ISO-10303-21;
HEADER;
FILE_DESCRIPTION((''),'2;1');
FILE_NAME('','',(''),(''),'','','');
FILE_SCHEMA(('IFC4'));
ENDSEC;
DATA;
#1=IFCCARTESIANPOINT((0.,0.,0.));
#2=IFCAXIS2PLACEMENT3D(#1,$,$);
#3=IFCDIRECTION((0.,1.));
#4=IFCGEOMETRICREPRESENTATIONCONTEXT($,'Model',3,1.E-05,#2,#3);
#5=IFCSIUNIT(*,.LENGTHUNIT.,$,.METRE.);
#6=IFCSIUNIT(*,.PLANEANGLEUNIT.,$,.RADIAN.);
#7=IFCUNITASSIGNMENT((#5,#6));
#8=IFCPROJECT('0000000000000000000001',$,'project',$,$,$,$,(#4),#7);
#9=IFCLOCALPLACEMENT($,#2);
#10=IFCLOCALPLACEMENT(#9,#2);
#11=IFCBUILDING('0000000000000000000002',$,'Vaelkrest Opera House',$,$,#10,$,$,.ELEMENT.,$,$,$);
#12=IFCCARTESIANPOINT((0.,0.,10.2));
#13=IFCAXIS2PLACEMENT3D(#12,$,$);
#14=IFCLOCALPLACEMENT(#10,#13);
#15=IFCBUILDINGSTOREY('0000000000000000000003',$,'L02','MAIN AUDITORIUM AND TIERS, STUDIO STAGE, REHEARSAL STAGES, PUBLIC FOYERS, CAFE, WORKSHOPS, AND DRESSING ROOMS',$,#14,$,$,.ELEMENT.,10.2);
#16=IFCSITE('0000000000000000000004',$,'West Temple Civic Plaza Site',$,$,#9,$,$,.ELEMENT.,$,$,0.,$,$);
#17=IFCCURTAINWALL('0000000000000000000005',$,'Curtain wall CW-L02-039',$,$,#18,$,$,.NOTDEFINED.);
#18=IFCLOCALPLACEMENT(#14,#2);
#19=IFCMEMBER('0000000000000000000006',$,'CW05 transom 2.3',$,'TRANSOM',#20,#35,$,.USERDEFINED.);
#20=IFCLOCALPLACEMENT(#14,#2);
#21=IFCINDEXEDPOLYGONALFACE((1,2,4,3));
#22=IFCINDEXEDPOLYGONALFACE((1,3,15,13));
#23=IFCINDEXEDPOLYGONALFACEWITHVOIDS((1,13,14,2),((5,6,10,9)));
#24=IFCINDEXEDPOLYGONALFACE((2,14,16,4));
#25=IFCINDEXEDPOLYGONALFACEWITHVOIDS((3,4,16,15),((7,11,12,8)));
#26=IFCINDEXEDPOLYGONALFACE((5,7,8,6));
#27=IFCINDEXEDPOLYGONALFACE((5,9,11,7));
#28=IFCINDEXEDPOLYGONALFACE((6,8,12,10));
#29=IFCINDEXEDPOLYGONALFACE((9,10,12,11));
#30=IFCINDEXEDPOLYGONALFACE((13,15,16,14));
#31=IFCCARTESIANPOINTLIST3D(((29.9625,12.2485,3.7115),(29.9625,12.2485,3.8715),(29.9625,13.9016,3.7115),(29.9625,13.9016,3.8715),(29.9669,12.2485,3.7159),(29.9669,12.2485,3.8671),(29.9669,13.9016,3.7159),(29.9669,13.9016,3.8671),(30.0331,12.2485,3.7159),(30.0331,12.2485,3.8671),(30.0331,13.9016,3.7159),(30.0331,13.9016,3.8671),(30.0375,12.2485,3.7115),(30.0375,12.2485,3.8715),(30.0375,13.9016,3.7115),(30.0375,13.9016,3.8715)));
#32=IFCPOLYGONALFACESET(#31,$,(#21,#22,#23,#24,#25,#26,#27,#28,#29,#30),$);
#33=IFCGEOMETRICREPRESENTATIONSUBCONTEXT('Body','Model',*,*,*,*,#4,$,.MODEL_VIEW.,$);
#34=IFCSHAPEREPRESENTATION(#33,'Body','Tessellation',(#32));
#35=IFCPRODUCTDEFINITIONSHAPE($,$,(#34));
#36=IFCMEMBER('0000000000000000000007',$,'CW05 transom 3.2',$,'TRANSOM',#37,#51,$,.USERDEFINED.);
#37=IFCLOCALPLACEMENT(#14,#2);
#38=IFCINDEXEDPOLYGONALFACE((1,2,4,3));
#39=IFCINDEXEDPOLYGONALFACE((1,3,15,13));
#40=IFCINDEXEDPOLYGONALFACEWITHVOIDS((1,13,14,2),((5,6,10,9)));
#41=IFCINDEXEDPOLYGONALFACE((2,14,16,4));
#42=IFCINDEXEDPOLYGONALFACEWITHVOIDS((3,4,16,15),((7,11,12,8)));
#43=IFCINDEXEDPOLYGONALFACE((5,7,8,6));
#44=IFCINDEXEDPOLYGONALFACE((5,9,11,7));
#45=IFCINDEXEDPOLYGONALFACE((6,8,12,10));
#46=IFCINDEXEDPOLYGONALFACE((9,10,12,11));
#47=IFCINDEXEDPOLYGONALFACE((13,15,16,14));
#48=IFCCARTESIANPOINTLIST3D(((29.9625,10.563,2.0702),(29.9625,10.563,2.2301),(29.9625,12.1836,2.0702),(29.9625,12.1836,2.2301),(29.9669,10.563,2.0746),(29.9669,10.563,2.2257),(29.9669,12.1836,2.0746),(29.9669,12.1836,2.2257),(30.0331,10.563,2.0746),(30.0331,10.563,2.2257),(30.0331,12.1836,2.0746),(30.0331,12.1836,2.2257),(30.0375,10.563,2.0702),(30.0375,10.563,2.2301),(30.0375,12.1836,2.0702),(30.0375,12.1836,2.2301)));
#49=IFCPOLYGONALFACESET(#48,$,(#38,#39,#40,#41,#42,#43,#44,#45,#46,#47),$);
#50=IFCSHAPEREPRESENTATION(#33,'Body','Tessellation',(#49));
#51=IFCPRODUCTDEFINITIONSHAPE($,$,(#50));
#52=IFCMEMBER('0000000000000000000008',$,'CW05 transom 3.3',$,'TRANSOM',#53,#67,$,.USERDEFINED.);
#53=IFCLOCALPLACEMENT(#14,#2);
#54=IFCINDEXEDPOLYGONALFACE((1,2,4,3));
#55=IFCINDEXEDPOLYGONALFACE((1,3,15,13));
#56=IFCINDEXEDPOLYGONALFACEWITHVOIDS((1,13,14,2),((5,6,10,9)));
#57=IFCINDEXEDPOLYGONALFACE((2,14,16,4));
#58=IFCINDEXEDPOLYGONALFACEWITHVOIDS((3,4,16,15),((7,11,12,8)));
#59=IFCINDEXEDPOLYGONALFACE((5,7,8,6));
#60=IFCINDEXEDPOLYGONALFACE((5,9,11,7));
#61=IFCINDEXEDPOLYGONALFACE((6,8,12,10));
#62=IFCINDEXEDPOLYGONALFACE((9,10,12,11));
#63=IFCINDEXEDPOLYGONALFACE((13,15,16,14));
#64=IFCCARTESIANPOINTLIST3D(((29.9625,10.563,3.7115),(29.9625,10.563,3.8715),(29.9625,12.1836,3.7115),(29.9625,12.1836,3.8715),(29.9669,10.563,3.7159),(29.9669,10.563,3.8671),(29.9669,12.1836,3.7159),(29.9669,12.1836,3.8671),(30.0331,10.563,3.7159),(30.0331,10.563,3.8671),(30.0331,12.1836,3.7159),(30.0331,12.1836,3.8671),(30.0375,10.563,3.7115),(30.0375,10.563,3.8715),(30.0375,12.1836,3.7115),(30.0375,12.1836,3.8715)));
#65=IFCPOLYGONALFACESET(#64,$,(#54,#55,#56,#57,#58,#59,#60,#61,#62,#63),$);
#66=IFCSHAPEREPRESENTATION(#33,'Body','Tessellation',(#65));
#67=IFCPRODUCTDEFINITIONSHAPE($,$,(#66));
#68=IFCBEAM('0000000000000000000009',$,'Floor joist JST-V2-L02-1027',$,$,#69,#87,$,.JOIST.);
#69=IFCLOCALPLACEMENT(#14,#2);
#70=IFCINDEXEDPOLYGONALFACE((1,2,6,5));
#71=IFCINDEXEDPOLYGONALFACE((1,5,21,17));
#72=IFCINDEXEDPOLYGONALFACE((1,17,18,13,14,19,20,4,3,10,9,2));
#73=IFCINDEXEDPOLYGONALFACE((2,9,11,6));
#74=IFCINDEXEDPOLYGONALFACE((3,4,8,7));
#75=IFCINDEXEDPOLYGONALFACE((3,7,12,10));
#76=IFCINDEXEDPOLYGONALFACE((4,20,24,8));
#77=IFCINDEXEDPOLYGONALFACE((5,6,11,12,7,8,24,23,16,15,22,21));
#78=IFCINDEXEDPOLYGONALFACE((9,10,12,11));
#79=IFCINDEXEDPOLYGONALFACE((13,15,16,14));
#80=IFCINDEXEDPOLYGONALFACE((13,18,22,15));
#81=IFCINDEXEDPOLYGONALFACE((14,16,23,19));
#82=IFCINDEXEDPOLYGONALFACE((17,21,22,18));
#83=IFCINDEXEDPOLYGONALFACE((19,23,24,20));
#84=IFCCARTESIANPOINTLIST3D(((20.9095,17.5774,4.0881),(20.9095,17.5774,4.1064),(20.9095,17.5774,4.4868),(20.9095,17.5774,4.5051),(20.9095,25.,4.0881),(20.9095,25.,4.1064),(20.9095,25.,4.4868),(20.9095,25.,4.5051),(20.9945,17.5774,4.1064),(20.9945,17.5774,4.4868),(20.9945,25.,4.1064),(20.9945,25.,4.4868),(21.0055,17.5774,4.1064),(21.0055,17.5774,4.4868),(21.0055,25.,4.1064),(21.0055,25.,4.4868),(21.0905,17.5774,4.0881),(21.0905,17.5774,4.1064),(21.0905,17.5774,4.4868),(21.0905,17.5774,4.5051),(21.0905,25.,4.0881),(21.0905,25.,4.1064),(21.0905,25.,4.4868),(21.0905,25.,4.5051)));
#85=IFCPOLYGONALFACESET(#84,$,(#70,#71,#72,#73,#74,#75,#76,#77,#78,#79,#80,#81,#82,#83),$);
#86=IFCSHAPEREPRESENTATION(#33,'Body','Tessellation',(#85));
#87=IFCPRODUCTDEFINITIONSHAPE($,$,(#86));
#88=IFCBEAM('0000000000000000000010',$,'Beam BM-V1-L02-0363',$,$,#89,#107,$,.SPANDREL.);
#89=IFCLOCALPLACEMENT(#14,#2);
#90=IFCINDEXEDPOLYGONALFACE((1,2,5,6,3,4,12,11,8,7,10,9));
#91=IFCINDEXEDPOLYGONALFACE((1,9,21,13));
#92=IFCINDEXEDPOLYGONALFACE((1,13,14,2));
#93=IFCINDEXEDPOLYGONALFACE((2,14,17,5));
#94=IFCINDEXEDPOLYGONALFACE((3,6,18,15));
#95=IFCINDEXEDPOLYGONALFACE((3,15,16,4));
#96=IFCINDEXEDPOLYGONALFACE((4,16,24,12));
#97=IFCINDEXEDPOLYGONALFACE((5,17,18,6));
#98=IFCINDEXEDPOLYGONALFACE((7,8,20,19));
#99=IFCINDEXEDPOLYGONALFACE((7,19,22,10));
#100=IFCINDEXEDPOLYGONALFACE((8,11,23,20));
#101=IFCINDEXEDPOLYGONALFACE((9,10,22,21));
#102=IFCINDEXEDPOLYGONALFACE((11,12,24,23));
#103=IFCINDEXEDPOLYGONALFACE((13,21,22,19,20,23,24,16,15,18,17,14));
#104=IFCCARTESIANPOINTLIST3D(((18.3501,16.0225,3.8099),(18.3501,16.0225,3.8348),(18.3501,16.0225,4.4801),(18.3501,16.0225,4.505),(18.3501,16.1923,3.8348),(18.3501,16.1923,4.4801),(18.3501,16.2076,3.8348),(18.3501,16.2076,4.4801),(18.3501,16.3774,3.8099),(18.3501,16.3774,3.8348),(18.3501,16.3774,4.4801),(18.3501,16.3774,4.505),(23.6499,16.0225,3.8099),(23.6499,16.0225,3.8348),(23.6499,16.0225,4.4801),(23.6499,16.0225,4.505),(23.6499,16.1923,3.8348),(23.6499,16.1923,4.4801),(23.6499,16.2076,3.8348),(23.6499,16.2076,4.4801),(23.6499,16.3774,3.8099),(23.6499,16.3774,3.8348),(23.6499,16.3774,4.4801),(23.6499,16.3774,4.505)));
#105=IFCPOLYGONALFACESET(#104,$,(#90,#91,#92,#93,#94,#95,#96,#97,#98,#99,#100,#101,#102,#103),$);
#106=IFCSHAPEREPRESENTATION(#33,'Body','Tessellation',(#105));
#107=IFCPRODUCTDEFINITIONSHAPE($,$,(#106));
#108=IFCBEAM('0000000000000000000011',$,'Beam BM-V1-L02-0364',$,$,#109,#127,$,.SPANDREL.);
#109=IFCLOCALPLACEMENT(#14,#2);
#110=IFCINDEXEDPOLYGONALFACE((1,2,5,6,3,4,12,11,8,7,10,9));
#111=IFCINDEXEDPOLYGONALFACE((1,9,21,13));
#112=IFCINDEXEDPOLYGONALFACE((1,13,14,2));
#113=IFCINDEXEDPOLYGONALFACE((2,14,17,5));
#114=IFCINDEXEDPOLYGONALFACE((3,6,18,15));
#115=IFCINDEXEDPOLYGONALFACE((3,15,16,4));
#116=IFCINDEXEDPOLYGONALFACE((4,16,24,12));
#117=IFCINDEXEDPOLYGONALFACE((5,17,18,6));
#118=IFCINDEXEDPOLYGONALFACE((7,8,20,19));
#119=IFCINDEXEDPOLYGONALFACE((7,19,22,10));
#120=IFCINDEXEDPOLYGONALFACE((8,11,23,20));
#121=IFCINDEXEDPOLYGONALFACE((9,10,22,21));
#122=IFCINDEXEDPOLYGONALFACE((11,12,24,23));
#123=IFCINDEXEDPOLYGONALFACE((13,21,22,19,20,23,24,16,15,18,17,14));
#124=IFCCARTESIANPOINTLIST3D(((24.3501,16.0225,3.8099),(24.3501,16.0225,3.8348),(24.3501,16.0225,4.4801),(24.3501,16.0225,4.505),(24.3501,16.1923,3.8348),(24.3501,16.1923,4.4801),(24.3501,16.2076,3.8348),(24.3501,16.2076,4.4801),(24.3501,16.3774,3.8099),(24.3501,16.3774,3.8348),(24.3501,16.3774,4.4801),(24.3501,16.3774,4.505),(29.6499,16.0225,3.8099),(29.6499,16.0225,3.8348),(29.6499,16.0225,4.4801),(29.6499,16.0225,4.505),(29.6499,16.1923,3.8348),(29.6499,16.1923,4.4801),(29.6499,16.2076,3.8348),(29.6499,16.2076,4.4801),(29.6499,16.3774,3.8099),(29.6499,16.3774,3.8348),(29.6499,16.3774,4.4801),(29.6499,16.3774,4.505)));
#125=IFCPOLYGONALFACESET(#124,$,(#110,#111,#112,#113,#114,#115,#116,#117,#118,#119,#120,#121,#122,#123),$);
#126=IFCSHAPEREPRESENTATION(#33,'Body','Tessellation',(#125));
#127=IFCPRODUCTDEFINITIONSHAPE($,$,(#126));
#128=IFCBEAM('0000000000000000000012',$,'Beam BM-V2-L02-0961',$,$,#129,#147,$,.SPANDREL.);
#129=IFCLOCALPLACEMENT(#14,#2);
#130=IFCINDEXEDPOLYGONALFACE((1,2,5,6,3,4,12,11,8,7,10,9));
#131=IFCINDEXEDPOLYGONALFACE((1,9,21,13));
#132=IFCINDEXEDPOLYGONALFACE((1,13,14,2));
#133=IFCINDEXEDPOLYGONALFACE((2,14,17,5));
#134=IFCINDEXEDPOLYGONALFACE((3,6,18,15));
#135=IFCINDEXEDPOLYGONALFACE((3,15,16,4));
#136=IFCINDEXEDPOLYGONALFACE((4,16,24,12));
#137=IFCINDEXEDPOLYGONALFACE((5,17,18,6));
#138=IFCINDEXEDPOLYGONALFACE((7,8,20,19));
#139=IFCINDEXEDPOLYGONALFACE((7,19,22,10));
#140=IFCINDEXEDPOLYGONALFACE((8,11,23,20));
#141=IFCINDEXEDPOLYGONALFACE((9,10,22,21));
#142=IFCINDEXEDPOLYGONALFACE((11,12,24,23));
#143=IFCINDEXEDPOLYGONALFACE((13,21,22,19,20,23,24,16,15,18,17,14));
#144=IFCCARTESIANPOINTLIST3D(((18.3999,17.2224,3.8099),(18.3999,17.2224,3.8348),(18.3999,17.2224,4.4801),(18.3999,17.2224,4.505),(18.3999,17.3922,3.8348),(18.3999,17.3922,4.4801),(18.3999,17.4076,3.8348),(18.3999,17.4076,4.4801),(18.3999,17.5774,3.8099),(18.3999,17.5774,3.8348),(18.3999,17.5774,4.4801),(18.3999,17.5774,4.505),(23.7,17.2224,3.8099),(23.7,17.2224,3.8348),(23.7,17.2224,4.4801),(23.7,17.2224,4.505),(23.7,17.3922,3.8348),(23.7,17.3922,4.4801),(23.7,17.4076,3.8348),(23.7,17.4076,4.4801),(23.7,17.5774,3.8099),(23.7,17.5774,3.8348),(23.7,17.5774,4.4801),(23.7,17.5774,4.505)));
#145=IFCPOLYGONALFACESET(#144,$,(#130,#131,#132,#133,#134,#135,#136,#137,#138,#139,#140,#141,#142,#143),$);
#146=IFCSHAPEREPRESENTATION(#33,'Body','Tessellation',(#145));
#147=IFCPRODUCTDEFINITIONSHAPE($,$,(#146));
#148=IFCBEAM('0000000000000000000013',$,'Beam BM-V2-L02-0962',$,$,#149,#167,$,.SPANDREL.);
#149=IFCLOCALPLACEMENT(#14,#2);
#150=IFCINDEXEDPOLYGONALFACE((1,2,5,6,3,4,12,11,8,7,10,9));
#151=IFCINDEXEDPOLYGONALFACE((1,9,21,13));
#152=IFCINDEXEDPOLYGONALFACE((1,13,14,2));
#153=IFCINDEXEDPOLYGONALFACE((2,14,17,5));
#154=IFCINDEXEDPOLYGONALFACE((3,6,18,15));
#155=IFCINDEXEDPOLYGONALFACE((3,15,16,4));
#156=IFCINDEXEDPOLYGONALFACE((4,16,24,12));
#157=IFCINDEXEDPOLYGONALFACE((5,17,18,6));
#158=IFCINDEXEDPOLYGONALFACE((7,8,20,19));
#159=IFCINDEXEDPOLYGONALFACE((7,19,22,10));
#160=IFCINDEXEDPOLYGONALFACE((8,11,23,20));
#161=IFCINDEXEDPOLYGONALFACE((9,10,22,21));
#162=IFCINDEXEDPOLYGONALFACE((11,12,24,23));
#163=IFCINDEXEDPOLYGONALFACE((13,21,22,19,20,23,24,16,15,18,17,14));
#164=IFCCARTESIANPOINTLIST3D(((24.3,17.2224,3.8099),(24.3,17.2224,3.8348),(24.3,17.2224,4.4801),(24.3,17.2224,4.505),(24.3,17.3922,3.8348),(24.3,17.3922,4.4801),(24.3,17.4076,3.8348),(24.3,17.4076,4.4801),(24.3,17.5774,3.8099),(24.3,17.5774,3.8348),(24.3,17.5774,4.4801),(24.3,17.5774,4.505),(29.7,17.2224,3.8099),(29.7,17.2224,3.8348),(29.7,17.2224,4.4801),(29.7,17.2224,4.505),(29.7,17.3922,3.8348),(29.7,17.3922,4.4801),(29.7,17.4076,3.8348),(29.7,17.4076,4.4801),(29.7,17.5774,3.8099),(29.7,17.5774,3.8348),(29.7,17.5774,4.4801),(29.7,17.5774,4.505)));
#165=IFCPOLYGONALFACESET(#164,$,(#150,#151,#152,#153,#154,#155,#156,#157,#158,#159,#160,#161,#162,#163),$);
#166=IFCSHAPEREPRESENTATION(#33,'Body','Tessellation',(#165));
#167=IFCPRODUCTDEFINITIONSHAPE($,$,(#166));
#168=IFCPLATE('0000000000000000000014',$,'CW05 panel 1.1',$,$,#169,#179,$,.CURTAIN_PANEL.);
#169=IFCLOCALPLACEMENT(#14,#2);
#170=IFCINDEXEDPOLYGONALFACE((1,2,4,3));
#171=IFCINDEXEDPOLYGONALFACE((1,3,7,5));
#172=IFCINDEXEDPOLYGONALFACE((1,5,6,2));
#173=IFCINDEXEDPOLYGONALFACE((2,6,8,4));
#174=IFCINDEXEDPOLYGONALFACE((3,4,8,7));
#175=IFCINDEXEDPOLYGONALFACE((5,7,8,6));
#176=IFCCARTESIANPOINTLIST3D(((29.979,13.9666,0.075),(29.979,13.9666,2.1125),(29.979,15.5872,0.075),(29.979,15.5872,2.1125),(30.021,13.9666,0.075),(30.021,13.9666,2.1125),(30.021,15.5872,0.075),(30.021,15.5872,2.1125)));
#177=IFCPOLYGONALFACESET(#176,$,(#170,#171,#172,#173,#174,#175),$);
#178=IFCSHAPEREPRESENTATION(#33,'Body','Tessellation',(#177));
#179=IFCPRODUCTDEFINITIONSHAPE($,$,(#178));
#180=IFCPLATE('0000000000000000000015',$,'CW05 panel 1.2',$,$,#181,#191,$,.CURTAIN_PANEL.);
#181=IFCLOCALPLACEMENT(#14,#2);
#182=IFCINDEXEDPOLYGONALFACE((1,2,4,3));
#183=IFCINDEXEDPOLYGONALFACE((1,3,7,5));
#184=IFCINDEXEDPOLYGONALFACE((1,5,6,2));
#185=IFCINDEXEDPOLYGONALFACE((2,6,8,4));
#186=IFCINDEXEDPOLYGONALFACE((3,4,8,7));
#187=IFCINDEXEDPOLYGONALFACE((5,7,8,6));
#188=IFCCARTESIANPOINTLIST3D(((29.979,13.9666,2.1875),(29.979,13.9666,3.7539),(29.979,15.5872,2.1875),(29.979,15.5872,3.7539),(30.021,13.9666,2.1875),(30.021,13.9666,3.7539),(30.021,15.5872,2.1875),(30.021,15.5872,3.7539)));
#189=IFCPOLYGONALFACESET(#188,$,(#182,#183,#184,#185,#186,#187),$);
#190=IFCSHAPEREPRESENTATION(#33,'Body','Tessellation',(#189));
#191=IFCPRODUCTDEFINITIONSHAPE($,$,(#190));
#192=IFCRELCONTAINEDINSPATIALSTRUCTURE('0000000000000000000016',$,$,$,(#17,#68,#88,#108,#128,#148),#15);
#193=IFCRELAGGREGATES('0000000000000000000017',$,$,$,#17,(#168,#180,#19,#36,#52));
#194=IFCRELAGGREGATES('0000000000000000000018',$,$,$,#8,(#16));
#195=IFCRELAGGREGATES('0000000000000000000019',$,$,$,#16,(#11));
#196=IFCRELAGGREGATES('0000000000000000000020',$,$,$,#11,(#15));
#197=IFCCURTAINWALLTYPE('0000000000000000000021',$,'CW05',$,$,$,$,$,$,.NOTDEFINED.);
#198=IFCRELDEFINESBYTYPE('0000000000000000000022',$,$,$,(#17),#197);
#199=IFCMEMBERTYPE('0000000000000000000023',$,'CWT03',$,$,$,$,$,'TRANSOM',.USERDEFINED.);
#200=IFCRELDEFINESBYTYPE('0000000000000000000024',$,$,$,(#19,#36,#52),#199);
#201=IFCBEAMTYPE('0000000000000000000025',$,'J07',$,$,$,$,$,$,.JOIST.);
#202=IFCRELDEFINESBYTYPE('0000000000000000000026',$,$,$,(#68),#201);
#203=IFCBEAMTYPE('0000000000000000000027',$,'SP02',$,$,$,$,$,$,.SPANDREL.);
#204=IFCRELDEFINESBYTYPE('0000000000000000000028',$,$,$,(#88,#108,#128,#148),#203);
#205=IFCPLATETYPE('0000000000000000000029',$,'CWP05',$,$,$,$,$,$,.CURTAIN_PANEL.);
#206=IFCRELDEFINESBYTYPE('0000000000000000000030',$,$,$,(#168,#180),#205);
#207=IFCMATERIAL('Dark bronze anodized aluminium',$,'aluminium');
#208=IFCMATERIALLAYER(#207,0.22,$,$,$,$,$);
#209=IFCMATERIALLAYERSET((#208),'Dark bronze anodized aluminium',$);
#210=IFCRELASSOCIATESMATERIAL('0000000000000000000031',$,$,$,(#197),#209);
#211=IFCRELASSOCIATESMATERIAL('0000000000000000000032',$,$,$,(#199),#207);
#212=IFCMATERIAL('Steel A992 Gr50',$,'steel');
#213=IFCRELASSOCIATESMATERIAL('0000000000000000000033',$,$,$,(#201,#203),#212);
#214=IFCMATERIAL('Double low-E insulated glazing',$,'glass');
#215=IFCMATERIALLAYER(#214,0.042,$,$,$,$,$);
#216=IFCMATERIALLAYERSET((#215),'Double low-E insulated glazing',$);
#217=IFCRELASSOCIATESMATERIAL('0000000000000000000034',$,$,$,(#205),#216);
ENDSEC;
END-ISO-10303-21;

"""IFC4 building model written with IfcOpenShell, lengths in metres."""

from ifc_helpers import new_model, si_unit, direction, frame, origin, origin_2d, place, context, subcontext, project, spatial, rectangle, hollow_rectangle, i_section, extrude, material, layer, layer_set, material_profile, profile_set, type_object, element, aggregate, save


model = new_model("IFC4")

# Units and contexts
model_context = context("Model", 3, precision=1e-05, world=origin(), true_north=direction((0.0, 1.0)))
body_context = subcontext(model_context, "Body", "Model", "MODEL_VIEW")
ifc_project = project(units=[si_unit("LENGTHUNIT", "METRE"), si_unit("PLANEANGLEUNIT", "RADIAN")], contexts=[model_context])

# Site, building, storey
site_placement = place(None, origin())
site = spatial("IfcSite", under=ifc_project, at=site_placement, Name="West Temple Civic Plaza Site", CompositionType="ELEMENT", RefElevation=0.0)
building_placement = place(site_placement, origin())
building = spatial("IfcBuilding", under=site, at=building_placement, Name="Vaelkrest Opera House", CompositionType="ELEMENT")
storey_placement = place(building_placement, frame((0.0, 0.0, 10.2)))
storey = spatial("IfcBuildingStorey", under=building, at=storey_placement, Name="L02", Description="MAIN AUDITORIUM AND TIERS, STUDIO STAGE, REHEARSAL STAGES, PUBLIC FOYERS, CAFE, WORKSHOPS, AND DRESSING ROOMS", CompositionType="ELEMENT", Elevation=10.2)

# Curtain wall, members
ifc_material_1 = material(Name="Dark bronze anodized aluminium", Category="aluminium")
ifc_layer_1 = layer(ifc_material_1, 0.22)
ifc_layer_set_1 = layer_set([ifc_layer_1], Name="Dark bronze anodized aluminium")
curtain_wall_type = type_object("IfcCurtainWallType", Name="CW05", PredefinedType="NOTDEFINED", material=ifc_layer_set_1)
curtain_wall_placement = place(storey_placement, origin())
curtain_wall = element("IfcCurtainWall", 1, at=curtain_wall_placement, inside=storey, type_object=curtain_wall_type, Name="Curtain wall CW-L02-039", PredefinedType="NOTDEFINED")
ifc_material_profile_1 = material_profile(ifc_material_1, hollow_rectangle(XDim=0.075, YDim=0.1599, WallThickness=0.0044, at=origin_2d()), Name="CWT75X160")
ifc_profile_set_1 = profile_set([ifc_material_profile_1], Name="Dark bronze anodized aluminium")
member_type_1 = type_object("IfcMemberType", Name="CWT03", ElementType="TRANSOM", PredefinedType="USERDEFINED", material=ifc_profile_set_1)
member_1_placement = place(storey_placement, frame((30.0, 13.9016, 3.7915), z_axis=(0.0, -1.0, 0.0), x_axis=(1.0, 0.0, 0.0)))
member_1 = element("IfcMember", 2, at=member_1_placement, type_object=member_type_1, Name="CW05 transom 2.3", ObjectType="TRANSOM", PredefinedType="USERDEFINED", context=body_context, shape_type="SweptSolid", body=[
    extrude(hollow_rectangle(XDim=0.075, YDim=0.1599, WallThickness=0.0044, at=origin_2d()), origin(), (0.0, 0.0, 1.0), 1.6531),
])
member_2_placement = place(storey_placement, frame((30.0, 12.1836, 2.1501), z_axis=(0.0, -1.0, 0.0), x_axis=(1.0, 0.0, 0.0)))
member_2 = element("IfcMember", 3, at=member_2_placement, type_object=member_type_1, Name="CW05 transom 3.2", ObjectType="TRANSOM", PredefinedType="USERDEFINED", context=body_context, shape_type="SweptSolid", body=[
    extrude(hollow_rectangle(XDim=0.075, YDim=0.1599, WallThickness=0.0044, at=origin_2d()), origin(), (0.0, 0.0, 1.0), 1.6206),
])
member_3_placement = place(storey_placement, frame((30.0, 12.1836, 3.7915), z_axis=(0.0, -1.0, 0.0), x_axis=(1.0, 0.0, 0.0)))
member_3 = element("IfcMember", 4, at=member_3_placement, type_object=member_type_1, Name="CW05 transom 3.3", ObjectType="TRANSOM", PredefinedType="USERDEFINED", context=body_context, shape_type="SweptSolid", body=[
    extrude(hollow_rectangle(XDim=0.075, YDim=0.1599, WallThickness=0.0044, at=origin_2d()), origin(), (0.0, 0.0, 1.0), 1.6206),
])

# Beams
ifc_material_2 = material(Name="Steel A992 Gr50", Category="steel")
ifc_material_profile_2 = material_profile(ifc_material_2, i_section(OverallWidth=0.1809, OverallDepth=0.417, WebThickness=0.011, FlangeThickness=0.0183, at=origin_2d()), Name="W16X57")
ifc_profile_set_2 = profile_set([ifc_material_profile_2], Name="Steel A992 Gr50")
beam_type_1 = type_object("IfcBeamType", Name="J07", PredefinedType="JOIST", material=ifc_profile_set_2)
beam_1_placement = place(storey_placement, frame((21.0, 17.5774, 4.2966), z_axis=(0.0, 1.0, 0.0), x_axis=(-1.0, 0.0, 0.0)))
element("IfcBeam", 5, at=beam_1_placement, inside=storey, type_object=beam_type_1, Name="Floor joist JST-V2-L02-1027", PredefinedType="JOIST", context=body_context, shape_type="SweptSolid", body=[
    extrude(i_section(OverallWidth=0.1809, OverallDepth=0.417, WebThickness=0.011, FlangeThickness=0.0183, at=origin_2d()), origin(), (0.0, 0.0, 1.0), 7.4226),
])
ifc_material_profile_3 = material_profile(ifc_material_2, i_section(OverallWidth=0.355, OverallDepth=0.6951, WebThickness=0.0154, FlangeThickness=0.0249, at=origin_2d()), Name="W27X146")
ifc_profile_set_3 = profile_set([ifc_material_profile_3], Name="Steel A992 Gr50")
beam_type_2 = type_object("IfcBeamType", Name="SP02", PredefinedType="SPANDREL", material=ifc_profile_set_3)
for number, where, z_axis, x_axis, name in (
    (6, (18.3501, 16.2, 4.1575), (1.0, 0.0, 0.0), (0.0, 1.0, 0.0), "Beam BM-V1-L02-0363"),
    (7, (24.3501, 16.2, 4.1575), (1.0, 0.0, 0.0), (0.0, 1.0, 0.0), "Beam BM-V1-L02-0364"),
):
    element("IfcBeam", number, at=place(storey_placement, frame(where, z_axis=z_axis, x_axis=x_axis)), inside=storey, type_object=beam_type_2, Name=name, PredefinedType="SPANDREL", context=body_context, shape_type="SweptSolid", body=[
        extrude(i_section(OverallWidth=0.355, OverallDepth=0.6951, WebThickness=0.0154, FlangeThickness=0.0249, at=origin_2d()), origin(), (0.0, 0.0, 1.0), 5.2998),
    ])
beam_2_placement = place(storey_placement, frame((18.3999, 17.3999, 4.1575), z_axis=(1.0, 0.0, 0.0), x_axis=(0.0, 1.0, 0.0)))
element("IfcBeam", 8, at=beam_2_placement, inside=storey, type_object=beam_type_2, Name="Beam BM-V2-L02-0961", PredefinedType="SPANDREL", context=body_context, shape_type="SweptSolid", body=[
    extrude(i_section(OverallWidth=0.355, OverallDepth=0.6951, WebThickness=0.0154, FlangeThickness=0.0249, at=origin_2d()), origin(), (0.0, 0.0, 1.0), 5.3),
])
beam_3_placement = place(storey_placement, frame((24.3, 17.3999, 4.1575), z_axis=(1.0, 0.0, 0.0), x_axis=(0.0, 1.0, 0.0)))
element("IfcBeam", 9, at=beam_3_placement, inside=storey, type_object=beam_type_2, Name="Beam BM-V2-L02-0962", PredefinedType="SPANDREL", context=body_context, shape_type="SweptSolid", body=[
    extrude(i_section(OverallWidth=0.355, OverallDepth=0.6951, WebThickness=0.0154, FlangeThickness=0.0249, at=origin_2d()), origin(), (0.0, 0.0, 1.0), 5.3999),
])

# Plates
ifc_material_3 = material(Name="Double low-E insulated glazing", Category="glass")
ifc_layer_2 = layer(ifc_material_3, 0.042)
ifc_layer_set_2 = layer_set([ifc_layer_2], Name="Double low-E insulated glazing")
plate_type = type_object("IfcPlateType", Name="CWP05", PredefinedType="CURTAIN_PANEL", material=ifc_layer_set_2)
plate_1_placement = place(storey_placement, frame((30.0, 14.7769, 0.075), z_axis=(0.0, 0.0, 1.0), x_axis=(0.0, -1.0, 0.0)))
plate_1 = element("IfcPlate", 10, at=plate_1_placement, type_object=plate_type, Name="CW05 panel 1.1", PredefinedType="CURTAIN_PANEL", context=body_context, shape_type="SweptSolid", body=[
    extrude(rectangle(XDim=1.6206, YDim=0.042, at=origin_2d()), origin(), (0.0, 0.0, 1.0), 2.0376),
])
plate_2_placement = place(storey_placement, frame((30.0, 14.7769, 2.1875), z_axis=(0.0, 0.0, 1.0), x_axis=(0.0, -1.0, 0.0)))
plate_2 = element("IfcPlate", 11, at=plate_2_placement, type_object=plate_type, Name="CW05 panel 1.2", PredefinedType="CURTAIN_PANEL", context=body_context, shape_type="SweptSolid", body=[
    extrude(rectangle(XDim=1.6206, YDim=0.042, at=origin_2d()), origin(), (0.0, 0.0, 1.0), 1.5664),
])
aggregate(curtain_wall, [plate_1, plate_2, member_1, member_2, member_3])

save(model, "model.ifc")
